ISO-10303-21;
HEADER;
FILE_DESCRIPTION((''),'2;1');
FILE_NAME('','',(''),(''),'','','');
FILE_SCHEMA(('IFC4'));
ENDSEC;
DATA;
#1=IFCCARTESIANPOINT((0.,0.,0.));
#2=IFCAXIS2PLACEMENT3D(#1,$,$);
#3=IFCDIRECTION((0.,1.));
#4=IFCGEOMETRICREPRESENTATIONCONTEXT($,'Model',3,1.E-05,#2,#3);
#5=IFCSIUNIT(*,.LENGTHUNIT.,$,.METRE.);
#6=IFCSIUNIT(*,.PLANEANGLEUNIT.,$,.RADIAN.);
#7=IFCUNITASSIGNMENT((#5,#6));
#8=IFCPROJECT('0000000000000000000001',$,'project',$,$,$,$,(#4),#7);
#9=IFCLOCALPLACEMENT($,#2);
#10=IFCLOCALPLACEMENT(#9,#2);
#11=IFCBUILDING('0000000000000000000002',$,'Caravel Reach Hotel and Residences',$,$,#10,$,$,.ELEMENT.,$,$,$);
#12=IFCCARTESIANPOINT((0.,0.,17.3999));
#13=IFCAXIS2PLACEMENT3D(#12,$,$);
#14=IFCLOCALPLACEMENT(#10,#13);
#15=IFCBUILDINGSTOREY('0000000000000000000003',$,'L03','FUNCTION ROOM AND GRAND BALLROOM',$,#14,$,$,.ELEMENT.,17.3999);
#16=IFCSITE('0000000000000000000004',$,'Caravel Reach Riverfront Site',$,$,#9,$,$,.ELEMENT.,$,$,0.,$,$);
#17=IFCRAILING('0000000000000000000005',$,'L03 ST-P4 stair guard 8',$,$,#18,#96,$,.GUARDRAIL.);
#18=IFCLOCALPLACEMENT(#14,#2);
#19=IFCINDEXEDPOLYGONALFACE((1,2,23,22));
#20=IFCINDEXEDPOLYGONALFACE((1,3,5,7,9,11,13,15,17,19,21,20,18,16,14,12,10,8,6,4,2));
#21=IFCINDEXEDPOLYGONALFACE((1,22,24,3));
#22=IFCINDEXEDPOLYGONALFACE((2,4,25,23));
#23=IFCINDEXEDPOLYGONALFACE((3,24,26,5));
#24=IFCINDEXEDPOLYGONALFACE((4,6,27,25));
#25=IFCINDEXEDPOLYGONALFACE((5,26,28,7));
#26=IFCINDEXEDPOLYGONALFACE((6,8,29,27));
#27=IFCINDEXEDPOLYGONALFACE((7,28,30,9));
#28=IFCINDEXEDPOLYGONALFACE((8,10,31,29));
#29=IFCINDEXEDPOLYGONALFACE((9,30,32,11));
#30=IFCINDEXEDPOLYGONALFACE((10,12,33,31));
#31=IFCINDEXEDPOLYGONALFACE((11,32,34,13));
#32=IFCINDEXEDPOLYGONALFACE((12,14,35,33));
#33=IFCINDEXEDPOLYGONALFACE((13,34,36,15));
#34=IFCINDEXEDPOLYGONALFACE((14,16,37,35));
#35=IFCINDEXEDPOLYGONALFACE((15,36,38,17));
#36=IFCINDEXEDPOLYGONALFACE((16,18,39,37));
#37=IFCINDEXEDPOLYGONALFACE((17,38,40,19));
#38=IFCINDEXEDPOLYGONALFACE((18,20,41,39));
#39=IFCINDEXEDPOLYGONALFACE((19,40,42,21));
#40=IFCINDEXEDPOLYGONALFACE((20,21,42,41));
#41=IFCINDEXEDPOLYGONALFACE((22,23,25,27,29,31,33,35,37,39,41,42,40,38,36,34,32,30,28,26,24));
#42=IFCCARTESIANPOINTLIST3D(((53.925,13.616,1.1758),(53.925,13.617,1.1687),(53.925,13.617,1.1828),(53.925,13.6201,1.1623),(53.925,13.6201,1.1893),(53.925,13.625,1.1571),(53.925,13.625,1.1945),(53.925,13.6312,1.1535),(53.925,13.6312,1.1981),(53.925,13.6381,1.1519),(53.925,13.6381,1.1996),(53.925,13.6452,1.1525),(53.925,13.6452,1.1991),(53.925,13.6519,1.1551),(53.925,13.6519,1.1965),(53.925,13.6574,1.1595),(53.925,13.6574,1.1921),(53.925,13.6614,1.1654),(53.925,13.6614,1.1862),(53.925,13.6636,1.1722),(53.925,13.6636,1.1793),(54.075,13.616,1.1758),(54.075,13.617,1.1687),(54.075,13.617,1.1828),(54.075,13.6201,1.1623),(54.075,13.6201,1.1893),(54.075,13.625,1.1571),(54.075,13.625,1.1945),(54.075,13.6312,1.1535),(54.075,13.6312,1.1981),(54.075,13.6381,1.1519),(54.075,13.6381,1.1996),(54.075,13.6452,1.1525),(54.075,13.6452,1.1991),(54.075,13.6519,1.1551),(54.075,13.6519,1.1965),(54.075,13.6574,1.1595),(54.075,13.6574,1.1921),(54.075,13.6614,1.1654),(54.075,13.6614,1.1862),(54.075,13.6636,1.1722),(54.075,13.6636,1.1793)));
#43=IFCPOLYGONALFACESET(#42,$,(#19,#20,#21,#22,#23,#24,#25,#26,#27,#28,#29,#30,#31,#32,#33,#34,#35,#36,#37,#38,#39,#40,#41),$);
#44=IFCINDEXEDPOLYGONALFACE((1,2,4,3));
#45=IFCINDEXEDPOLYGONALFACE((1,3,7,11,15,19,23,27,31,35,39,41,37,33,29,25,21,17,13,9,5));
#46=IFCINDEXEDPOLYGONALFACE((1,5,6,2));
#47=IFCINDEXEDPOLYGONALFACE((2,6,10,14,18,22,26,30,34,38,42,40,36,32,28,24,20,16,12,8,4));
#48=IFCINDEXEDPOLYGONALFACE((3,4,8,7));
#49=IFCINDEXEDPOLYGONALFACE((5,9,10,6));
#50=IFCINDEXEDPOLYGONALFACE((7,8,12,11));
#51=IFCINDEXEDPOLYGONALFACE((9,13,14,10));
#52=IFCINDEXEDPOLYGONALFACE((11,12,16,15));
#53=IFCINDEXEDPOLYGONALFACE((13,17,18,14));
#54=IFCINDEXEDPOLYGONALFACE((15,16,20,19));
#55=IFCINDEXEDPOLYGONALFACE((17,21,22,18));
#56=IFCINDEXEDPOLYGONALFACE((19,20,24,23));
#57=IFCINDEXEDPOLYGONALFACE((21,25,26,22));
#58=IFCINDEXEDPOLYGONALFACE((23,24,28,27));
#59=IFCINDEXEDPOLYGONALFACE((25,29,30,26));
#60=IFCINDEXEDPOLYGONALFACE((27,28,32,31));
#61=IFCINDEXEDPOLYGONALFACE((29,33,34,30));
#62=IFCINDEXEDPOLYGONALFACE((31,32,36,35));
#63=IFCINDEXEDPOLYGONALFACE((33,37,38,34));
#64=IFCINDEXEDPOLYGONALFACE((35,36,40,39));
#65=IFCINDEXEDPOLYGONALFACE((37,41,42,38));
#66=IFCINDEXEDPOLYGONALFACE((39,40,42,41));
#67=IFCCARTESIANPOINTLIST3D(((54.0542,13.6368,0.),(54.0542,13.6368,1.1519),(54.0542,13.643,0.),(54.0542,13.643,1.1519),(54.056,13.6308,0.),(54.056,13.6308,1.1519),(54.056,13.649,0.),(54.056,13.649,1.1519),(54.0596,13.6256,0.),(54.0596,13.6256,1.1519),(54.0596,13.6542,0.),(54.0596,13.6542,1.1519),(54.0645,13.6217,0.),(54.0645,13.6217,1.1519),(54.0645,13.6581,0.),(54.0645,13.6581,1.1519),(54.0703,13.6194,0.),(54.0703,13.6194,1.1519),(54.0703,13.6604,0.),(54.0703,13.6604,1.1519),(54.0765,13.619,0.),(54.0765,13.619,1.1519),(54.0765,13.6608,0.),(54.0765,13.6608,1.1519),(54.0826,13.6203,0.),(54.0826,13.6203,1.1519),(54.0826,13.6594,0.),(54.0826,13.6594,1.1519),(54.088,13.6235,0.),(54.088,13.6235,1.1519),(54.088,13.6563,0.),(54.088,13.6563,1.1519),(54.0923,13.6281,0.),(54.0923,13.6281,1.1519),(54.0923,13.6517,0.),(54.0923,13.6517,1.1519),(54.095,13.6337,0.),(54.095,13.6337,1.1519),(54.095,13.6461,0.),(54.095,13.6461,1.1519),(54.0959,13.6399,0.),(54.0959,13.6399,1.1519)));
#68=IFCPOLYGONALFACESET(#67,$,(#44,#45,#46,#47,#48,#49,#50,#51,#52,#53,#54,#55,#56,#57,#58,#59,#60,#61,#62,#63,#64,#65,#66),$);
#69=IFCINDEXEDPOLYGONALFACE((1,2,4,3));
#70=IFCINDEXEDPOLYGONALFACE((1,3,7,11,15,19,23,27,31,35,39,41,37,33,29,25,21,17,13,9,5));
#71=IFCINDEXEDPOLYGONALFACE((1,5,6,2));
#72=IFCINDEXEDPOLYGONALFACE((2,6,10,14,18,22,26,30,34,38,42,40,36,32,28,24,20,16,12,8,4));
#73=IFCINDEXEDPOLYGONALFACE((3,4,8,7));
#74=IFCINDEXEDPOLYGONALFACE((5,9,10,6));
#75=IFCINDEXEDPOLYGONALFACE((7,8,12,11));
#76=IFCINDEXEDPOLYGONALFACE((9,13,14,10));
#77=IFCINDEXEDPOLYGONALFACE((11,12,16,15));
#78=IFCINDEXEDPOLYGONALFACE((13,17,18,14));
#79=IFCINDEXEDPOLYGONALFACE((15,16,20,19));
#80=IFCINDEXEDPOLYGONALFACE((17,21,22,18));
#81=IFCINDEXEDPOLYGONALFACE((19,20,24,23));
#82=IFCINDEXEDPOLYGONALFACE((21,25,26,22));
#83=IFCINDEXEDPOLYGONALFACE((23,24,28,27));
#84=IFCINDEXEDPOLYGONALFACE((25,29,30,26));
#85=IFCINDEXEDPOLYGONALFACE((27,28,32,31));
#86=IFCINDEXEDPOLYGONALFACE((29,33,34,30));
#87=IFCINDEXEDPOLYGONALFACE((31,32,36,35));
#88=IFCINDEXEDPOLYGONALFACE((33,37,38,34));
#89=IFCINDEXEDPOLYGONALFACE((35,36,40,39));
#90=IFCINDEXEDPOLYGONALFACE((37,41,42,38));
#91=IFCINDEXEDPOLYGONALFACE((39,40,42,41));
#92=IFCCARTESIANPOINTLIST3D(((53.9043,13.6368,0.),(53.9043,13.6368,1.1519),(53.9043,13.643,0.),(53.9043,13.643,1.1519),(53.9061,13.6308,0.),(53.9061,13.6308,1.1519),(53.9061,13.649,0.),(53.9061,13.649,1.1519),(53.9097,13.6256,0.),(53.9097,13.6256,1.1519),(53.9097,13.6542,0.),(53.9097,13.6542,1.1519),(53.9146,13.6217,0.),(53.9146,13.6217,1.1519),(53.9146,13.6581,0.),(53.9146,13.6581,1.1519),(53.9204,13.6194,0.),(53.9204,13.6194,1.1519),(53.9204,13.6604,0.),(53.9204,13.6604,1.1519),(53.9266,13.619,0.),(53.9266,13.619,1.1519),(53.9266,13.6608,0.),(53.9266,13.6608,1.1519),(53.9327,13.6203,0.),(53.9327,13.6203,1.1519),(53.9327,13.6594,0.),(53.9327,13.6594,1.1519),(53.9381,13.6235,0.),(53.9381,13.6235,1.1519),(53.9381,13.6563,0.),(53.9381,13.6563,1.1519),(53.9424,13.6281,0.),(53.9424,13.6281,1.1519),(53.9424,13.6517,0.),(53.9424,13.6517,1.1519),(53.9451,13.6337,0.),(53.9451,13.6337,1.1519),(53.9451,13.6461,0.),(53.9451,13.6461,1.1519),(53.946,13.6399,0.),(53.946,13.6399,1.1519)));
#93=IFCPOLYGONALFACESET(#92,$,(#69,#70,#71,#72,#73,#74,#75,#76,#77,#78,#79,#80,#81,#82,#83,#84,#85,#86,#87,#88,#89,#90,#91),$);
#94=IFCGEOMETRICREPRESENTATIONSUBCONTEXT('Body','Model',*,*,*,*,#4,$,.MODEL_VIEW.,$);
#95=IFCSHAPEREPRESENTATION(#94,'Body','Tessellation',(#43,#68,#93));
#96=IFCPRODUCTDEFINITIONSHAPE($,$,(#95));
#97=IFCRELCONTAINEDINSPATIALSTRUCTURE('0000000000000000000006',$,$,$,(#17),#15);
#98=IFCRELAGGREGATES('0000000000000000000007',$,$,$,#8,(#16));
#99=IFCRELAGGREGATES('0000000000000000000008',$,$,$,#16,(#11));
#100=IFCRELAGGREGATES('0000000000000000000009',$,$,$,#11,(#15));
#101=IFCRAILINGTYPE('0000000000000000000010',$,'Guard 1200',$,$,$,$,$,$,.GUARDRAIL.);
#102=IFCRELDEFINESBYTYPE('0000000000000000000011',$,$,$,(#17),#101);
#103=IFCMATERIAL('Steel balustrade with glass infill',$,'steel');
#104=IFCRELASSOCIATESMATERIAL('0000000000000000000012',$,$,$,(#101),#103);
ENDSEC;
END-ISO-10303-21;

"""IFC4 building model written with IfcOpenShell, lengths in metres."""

from ifc_helpers import new_model, si_unit, direction, frame, origin, origin_2d, place, context, subcontext, project, spatial, circle, extrude, material, type_object, element, save


model = new_model("IFC4")

# Units and contexts
model_context = context("Model", 3, precision=1e-05, world=origin(), true_north=direction((0.0, 1.0)))
body_context = subcontext(model_context, "Body", "Model", "MODEL_VIEW")
ifc_project = project(units=[si_unit("LENGTHUNIT", "METRE"), si_unit("PLANEANGLEUNIT", "RADIAN")], contexts=[model_context])

# Site, building, storey
site_placement = place(None, origin())
site = spatial("IfcSite", under=ifc_project, at=site_placement, Name="Caravel Reach Riverfront Site", CompositionType="ELEMENT", RefElevation=0.0)
building_placement = place(site_placement, origin())
building = spatial("IfcBuilding", under=site, at=building_placement, Name="Caravel Reach Hotel and Residences", CompositionType="ELEMENT")
storey_placement = place(building_placement, frame((0.0, 0.0, 17.3999)))
storey = spatial("IfcBuildingStorey", under=building, at=storey_placement, Name="L03", Description="FUNCTION ROOM AND GRAND BALLROOM", CompositionType="ELEMENT", Elevation=17.3999)

# Railing
ifc_material_1 = material(Name="Steel balustrade with glass infill", Category="steel")
railing_type_1 = type_object("IfcRailingType", Name="Guard 1200", PredefinedType="GUARDRAIL", material=ifc_material_1)
railing_1_placement = place(storey_placement, frame((54.075, 13.6399, 0.0)))
element("IfcRailing", 1, at=railing_1_placement, inside=storey, type_object=railing_type_1, Name="L03 ST-P4 stair guard 8", PredefinedType="GUARDRAIL", context=body_context, shape_type="SweptSolid", body=[
    extrude(circle(Radius=0.0239, at=origin_2d()), frame((0.0, 0.0, 1.1758), z_axis=(-1.0, 0.0, 0.0), x_axis=(0.0, -1.0, 0.0)), (0.0, 0.0, 1.0), 0.1499),
    extrude(circle(Radius=0.021, at=origin_2d()), origin(), (0.0, 0.0, 1.0), 1.1519),
    extrude(circle(Radius=0.021, at=origin_2d()), frame((-0.1499, 0.0, 0.0)), (0.0, 0.0, 1.0), 1.1519),
])

save(model, "model.ifc")
